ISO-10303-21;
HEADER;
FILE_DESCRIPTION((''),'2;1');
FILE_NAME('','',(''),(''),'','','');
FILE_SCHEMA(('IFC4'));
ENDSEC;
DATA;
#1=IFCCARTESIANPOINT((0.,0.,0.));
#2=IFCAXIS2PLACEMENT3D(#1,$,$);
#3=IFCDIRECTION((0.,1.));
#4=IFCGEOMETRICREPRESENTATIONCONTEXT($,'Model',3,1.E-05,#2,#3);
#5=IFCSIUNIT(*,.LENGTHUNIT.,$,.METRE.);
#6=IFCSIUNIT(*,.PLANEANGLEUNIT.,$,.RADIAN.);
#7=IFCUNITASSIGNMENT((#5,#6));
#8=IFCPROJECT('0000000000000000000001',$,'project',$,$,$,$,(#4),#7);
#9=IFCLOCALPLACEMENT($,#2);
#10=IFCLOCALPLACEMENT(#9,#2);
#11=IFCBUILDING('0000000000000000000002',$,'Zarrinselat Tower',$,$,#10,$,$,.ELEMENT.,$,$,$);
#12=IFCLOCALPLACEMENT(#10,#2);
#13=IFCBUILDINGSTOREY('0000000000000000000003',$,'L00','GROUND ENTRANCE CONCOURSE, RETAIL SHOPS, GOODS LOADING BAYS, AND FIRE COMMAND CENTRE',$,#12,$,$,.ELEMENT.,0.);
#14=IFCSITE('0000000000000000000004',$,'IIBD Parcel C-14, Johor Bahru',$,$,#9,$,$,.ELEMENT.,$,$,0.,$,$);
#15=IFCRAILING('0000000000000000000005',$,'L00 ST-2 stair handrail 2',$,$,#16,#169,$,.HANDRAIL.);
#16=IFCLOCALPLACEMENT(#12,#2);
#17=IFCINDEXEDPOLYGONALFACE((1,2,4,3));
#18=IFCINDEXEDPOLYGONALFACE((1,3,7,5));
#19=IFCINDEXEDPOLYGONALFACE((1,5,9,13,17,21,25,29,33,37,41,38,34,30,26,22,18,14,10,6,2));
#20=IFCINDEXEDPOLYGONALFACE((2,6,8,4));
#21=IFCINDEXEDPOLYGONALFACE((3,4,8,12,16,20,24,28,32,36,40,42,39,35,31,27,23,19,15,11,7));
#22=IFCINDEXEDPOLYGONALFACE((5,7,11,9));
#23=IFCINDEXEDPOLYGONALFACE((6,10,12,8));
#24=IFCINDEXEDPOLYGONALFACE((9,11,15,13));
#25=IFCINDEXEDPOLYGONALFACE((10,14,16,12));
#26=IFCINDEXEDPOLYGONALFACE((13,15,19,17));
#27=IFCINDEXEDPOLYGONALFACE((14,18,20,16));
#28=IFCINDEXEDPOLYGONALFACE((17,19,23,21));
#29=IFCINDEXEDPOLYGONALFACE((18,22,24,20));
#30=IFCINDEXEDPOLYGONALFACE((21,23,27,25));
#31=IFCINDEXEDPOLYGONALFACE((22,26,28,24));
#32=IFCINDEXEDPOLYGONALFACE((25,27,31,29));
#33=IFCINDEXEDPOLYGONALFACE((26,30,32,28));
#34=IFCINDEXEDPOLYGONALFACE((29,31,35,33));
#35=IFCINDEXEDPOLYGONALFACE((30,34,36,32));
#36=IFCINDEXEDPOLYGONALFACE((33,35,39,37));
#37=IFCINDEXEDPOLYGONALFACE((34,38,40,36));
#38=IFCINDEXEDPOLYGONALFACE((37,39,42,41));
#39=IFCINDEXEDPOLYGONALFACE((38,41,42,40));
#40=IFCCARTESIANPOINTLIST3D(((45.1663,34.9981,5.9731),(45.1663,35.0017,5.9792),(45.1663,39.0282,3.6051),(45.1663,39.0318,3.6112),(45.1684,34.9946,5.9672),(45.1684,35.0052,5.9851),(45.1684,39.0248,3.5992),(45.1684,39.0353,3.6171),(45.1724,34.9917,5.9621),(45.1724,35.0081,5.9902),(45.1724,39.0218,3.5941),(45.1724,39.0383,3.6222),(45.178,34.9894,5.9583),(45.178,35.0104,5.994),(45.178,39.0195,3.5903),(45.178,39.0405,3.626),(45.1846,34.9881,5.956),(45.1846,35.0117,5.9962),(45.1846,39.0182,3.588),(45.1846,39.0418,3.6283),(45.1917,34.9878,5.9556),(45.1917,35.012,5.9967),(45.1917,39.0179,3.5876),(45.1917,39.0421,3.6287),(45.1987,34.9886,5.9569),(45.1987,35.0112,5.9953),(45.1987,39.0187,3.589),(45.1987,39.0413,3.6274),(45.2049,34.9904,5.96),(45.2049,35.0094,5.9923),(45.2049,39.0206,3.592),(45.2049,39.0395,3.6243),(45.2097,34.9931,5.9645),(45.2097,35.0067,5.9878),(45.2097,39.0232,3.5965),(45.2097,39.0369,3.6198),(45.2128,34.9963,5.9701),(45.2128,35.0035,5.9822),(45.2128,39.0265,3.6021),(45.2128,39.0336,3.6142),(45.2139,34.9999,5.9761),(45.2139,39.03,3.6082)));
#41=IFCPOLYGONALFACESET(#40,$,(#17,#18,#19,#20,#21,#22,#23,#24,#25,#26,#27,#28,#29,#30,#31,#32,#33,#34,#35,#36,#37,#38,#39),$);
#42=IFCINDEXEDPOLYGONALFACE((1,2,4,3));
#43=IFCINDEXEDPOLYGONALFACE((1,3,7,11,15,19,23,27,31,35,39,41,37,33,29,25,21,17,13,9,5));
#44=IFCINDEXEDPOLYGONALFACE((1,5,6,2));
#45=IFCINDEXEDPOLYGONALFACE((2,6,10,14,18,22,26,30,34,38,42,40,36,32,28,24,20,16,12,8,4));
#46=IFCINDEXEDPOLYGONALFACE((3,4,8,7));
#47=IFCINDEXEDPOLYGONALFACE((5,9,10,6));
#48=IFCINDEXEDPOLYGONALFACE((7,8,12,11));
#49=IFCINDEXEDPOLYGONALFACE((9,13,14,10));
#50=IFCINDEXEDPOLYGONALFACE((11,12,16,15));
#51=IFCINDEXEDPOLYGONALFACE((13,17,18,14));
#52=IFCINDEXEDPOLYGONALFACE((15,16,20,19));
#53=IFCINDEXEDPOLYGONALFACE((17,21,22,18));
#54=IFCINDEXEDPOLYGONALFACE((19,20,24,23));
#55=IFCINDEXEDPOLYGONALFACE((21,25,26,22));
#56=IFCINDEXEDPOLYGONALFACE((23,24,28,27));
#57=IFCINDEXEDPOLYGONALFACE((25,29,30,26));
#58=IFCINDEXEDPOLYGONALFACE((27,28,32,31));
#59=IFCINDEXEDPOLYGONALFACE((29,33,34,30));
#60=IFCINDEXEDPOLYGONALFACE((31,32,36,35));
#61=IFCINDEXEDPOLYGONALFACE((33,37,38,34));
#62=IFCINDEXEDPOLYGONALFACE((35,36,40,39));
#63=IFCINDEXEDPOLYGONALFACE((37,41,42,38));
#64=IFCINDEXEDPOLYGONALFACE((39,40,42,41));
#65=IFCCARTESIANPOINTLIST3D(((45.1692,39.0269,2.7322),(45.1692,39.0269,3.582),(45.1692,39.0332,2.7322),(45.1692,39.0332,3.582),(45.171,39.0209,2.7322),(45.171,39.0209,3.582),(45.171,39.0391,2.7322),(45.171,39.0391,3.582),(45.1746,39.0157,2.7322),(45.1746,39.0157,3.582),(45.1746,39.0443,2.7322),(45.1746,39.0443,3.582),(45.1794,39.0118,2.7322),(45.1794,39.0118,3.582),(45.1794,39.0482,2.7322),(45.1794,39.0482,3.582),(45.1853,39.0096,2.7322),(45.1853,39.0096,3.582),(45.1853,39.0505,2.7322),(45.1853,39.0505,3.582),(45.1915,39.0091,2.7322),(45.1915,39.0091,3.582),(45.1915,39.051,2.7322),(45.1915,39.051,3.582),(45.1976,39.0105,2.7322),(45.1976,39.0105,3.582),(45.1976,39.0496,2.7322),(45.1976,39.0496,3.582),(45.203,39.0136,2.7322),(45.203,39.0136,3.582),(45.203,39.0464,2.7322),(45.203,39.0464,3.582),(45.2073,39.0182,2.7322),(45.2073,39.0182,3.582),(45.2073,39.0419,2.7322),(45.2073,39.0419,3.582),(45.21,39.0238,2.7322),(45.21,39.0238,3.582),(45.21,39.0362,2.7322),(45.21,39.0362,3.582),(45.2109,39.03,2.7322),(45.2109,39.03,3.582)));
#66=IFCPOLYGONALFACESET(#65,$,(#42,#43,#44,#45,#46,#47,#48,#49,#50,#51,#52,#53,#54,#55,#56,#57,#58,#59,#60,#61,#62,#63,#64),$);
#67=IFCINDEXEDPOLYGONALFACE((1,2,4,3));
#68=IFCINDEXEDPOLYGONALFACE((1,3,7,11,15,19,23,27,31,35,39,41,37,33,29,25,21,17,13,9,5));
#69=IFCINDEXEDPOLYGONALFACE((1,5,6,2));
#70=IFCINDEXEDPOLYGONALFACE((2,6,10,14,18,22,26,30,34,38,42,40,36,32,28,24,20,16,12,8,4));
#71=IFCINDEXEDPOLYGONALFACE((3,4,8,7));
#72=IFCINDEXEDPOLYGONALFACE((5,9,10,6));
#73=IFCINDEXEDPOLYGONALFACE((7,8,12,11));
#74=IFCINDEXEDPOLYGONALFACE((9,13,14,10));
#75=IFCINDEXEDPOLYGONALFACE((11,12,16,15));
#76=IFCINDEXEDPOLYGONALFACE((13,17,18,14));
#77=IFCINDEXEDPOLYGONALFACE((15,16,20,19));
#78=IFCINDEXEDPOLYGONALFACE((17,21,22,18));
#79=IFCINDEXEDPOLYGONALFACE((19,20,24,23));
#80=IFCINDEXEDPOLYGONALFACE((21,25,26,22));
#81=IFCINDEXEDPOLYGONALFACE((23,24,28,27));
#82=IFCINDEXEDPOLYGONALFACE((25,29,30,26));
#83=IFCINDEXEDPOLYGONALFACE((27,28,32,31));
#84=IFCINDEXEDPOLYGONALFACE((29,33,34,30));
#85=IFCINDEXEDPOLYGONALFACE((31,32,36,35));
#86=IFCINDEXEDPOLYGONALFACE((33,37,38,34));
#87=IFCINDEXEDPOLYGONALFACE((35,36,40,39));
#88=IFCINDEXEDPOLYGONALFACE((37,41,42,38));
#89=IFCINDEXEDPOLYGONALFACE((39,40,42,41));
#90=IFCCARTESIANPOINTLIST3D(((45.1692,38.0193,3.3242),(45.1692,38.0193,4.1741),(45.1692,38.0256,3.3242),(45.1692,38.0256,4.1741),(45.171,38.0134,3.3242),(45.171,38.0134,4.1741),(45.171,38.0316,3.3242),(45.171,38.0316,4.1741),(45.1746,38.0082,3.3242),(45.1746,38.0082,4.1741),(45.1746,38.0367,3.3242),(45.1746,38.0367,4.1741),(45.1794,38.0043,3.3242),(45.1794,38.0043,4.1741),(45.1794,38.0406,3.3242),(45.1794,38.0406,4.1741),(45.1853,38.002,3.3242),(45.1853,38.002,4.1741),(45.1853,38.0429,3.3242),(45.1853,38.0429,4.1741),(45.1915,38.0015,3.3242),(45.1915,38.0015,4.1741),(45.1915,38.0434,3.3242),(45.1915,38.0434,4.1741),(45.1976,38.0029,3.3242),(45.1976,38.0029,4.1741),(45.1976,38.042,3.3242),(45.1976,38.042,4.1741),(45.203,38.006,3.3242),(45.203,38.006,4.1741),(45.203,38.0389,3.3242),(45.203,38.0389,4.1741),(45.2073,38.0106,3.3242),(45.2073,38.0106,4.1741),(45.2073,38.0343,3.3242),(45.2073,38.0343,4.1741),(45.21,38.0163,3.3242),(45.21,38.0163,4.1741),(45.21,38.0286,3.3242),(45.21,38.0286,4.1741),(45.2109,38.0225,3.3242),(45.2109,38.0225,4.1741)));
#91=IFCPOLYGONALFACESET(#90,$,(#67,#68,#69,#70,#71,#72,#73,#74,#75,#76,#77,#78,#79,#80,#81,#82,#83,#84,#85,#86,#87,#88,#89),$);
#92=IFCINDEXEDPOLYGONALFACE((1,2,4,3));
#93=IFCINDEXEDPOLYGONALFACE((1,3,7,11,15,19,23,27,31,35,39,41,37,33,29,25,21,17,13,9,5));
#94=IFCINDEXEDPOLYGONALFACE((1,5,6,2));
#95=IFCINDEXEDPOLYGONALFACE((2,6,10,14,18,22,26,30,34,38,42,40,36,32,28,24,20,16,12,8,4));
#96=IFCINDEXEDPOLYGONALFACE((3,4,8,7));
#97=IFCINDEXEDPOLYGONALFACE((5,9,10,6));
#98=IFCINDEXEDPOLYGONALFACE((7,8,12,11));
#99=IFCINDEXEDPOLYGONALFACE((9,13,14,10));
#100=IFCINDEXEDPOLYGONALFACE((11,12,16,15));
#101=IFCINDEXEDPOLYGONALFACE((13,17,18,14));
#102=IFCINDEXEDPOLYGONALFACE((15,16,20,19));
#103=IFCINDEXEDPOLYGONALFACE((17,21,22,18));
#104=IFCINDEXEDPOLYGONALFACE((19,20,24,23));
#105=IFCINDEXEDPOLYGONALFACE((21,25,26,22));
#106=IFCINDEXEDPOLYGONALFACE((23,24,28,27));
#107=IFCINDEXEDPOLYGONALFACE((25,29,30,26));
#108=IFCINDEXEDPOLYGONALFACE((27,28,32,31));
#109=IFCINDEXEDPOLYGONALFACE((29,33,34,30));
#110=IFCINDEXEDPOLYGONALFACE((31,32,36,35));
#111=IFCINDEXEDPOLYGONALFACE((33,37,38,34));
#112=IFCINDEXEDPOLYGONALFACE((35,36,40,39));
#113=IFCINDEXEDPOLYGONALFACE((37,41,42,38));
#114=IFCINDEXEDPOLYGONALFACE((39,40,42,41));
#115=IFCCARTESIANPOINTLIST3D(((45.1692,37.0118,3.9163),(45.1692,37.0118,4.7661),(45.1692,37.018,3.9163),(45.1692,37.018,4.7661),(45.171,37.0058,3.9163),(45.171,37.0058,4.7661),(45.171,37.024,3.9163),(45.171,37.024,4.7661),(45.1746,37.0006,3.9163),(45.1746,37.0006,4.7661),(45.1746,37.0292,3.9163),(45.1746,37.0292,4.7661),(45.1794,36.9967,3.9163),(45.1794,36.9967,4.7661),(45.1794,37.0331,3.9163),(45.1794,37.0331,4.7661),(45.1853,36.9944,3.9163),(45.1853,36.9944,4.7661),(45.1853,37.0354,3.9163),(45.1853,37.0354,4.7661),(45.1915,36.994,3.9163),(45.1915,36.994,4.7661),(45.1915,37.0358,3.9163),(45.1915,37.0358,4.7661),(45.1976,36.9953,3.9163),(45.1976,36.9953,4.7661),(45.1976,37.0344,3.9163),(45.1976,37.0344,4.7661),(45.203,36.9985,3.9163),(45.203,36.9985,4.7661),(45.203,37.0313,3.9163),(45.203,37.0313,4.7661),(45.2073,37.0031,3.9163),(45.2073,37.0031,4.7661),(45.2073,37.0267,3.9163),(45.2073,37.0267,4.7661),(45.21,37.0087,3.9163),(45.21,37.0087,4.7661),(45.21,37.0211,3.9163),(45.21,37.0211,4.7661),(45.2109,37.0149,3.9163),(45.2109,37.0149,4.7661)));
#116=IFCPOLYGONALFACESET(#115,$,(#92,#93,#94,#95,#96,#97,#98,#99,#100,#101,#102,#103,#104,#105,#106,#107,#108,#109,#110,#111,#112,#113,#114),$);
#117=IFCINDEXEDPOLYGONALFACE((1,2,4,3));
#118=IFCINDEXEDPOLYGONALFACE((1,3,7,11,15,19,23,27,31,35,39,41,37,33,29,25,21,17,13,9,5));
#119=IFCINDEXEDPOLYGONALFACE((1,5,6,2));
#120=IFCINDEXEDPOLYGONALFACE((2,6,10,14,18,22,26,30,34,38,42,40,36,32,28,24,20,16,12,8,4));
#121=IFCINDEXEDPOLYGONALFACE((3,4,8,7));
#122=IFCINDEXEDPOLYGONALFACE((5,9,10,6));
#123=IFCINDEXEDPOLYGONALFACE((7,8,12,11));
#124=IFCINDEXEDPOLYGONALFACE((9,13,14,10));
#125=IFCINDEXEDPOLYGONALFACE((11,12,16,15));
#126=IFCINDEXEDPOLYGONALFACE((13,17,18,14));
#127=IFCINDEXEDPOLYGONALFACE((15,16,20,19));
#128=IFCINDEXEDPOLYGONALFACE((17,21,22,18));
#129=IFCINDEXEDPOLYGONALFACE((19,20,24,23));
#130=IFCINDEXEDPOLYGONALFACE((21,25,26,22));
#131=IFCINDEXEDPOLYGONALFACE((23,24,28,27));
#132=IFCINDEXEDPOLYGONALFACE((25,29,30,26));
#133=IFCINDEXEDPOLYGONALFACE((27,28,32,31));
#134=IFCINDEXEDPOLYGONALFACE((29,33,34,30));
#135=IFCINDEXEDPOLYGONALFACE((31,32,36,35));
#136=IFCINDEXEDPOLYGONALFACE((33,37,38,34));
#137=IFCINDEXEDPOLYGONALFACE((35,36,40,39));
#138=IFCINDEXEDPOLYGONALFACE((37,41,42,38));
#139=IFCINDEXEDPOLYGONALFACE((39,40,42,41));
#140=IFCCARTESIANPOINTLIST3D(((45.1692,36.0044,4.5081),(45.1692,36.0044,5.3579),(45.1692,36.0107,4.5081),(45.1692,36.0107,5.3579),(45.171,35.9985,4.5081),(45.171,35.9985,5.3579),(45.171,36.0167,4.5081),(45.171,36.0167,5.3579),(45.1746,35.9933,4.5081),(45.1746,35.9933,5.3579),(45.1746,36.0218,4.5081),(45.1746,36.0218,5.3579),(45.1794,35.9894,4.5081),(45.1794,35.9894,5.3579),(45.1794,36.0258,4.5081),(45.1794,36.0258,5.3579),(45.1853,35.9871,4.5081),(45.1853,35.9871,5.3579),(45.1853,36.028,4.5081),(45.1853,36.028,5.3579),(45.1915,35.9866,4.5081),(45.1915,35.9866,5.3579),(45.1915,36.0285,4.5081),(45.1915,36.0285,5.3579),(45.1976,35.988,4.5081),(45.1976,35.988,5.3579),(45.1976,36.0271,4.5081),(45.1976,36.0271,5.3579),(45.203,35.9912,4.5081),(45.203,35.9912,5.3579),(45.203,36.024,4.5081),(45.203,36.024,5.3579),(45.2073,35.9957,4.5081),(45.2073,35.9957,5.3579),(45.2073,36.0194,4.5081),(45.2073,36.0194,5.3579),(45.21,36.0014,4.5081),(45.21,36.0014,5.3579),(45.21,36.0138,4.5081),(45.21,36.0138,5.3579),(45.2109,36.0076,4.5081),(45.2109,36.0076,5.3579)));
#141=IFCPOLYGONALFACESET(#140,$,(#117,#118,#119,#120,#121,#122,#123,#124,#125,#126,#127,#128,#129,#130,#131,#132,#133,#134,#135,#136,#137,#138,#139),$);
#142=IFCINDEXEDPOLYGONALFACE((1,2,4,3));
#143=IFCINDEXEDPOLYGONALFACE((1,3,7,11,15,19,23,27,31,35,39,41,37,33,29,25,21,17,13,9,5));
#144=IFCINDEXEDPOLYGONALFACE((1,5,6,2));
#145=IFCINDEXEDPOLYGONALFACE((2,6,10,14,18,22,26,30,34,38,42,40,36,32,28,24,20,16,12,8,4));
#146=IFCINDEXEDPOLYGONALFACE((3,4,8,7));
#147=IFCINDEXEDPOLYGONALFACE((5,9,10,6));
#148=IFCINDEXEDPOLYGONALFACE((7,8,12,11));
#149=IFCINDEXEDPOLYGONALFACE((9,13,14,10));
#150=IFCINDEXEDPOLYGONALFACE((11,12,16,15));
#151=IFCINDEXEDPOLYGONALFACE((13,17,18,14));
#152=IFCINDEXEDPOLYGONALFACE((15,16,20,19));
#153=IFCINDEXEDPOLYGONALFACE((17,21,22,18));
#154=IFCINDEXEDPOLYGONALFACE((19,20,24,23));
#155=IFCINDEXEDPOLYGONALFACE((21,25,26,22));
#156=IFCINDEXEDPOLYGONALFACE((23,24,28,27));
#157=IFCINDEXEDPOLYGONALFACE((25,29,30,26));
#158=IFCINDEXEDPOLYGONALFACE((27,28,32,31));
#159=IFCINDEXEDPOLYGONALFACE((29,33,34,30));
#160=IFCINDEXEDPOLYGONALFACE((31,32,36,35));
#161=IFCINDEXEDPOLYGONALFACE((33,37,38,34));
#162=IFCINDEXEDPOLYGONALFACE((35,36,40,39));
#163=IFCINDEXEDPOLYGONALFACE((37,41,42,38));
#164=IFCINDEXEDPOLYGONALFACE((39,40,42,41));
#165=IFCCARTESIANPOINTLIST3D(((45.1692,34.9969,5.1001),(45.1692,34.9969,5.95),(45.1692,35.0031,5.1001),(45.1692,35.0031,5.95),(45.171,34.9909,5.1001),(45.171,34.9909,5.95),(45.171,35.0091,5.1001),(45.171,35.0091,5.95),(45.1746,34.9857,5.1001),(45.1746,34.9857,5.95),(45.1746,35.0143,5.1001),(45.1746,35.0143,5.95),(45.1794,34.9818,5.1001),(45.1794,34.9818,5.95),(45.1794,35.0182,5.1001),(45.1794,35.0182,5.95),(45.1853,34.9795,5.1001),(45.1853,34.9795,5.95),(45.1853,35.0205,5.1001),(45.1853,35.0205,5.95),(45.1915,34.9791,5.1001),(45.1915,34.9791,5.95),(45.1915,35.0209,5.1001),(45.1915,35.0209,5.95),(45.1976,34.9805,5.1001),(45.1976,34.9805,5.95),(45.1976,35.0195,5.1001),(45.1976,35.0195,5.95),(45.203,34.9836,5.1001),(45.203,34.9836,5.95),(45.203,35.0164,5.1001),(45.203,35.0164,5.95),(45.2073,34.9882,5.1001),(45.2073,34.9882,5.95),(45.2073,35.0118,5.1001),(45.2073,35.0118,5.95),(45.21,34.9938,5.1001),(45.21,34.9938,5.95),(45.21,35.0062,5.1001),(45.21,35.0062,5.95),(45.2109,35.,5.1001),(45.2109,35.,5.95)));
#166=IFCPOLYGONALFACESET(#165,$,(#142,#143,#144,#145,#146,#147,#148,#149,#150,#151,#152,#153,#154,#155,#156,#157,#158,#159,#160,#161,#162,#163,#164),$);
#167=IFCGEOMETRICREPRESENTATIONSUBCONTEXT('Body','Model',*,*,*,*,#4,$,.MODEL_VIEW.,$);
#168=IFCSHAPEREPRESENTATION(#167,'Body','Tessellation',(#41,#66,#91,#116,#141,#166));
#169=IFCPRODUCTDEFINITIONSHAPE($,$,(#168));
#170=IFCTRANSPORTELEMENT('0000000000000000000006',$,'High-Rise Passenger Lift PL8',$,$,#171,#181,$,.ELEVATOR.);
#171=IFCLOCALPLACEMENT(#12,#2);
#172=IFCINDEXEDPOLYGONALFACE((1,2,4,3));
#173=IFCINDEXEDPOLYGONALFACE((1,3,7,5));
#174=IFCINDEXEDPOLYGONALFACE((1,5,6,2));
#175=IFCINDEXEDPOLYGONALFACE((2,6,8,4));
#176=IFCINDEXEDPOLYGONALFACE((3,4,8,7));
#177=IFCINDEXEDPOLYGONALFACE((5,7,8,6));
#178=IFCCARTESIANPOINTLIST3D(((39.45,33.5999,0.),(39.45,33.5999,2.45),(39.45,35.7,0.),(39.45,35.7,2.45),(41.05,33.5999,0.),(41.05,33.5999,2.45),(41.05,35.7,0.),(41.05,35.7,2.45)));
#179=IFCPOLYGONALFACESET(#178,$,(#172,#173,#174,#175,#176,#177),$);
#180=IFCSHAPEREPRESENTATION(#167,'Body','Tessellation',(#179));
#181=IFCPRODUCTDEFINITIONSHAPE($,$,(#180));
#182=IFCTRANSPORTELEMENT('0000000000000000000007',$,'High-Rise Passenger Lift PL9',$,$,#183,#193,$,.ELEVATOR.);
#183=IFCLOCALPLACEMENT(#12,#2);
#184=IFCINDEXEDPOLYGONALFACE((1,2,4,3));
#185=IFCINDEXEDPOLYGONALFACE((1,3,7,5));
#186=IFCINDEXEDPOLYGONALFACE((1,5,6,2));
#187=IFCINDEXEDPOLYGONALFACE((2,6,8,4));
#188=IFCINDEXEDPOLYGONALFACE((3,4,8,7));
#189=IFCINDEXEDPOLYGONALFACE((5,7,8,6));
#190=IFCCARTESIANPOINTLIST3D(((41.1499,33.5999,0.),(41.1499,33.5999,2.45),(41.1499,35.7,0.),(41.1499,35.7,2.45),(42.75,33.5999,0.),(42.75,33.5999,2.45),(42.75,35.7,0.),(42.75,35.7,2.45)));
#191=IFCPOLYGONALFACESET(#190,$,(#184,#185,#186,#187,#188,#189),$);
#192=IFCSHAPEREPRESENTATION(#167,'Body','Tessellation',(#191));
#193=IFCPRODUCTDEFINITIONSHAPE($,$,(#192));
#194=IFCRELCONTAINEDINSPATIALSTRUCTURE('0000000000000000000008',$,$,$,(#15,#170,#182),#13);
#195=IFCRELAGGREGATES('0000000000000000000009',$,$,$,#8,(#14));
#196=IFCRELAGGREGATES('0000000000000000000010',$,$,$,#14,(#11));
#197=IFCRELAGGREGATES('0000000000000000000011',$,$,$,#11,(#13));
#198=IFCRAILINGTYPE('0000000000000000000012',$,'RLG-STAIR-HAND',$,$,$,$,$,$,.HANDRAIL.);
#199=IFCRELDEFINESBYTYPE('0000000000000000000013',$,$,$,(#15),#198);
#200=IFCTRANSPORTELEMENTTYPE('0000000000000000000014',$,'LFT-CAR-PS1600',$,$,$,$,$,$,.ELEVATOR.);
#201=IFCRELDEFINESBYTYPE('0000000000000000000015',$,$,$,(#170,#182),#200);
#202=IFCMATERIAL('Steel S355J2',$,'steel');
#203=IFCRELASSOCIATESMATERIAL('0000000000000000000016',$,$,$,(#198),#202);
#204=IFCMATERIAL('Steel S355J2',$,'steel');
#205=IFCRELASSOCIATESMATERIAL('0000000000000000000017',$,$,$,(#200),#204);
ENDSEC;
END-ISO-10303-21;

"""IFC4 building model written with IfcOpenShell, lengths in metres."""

from ifc_helpers import new_model, si_unit, direction, frame, origin, origin_2d, place, context, subcontext, project, spatial, rectangle, circle, extrude, material, type_object, element, save


model = new_model("IFC4")

# Units and contexts
model_context = context("Model", 3, precision=1e-05, world=origin(), true_north=direction((0.0, 1.0)))
body_context = subcontext(model_context, "Body", "Model", "MODEL_VIEW")
ifc_project = project(units=[si_unit("LENGTHUNIT", "METRE"), si_unit("PLANEANGLEUNIT", "RADIAN")], contexts=[model_context])

# Site, building, storey
site_placement = place(None, origin())
site = spatial("IfcSite", under=ifc_project, at=site_placement, Name="IIBD Parcel C-14, Johor Bahru", CompositionType="ELEMENT", RefElevation=0.0)
building_placement = place(site_placement, origin())
building = spatial("IfcBuilding", under=site, at=building_placement, Name="Zarrinselat Tower", CompositionType="ELEMENT")
storey_placement = place(building_placement, origin())
storey = spatial("IfcBuildingStorey", under=building, at=storey_placement, Name="L00", Description="GROUND ENTRANCE CONCOURSE, RETAIL SHOPS, GOODS LOADING BAYS, AND FIRE COMMAND CENTRE", CompositionType="ELEMENT", Elevation=0.0)

# Railing
ifc_material_1 = material(Name="Steel S355J2", Category="steel")
railing_type_1 = type_object("IfcRailingType", Name="RLG-STAIR-HAND", PredefinedType="HANDRAIL", material=ifc_material_1)
railing_1_placement = place(storey_placement, frame((45.1899, 39.03, 2.7322)))
element("IfcRailing", 1, at=railing_1_placement, inside=storey, type_object=railing_type_1, Name="L00 ST-2 stair handrail 2", PredefinedType="HANDRAIL", context=body_context, shape_type="SweptSolid", body=[
    extrude(circle(Radius=0.0239, at=origin_2d()), frame((0.0, 0.0, 0.876), z_axis=(0.0, -0.862185, 0.506593), x_axis=(1.0, 0.0, 0.0)), (0.0, 0.0, 1.0), 4.6743),
    extrude(circle(Radius=0.021, at=origin_2d()), origin(), (0.0, 0.0, 1.0), 0.8499),
    extrude(circle(Radius=0.021, at=origin_2d()), frame((0.0, -1.0076, 0.592)), (0.0, 0.0, 1.0), 0.8499),
    extrude(circle(Radius=0.021, at=origin_2d()), frame((0.0, -2.0151, 1.1841)), (0.0, 0.0, 1.0), 0.8499),
    extrude(circle(Radius=0.021, at=origin_2d()), frame((0.0, -3.0225, 1.7759)), (0.0, 0.0, 1.0), 0.8499),
    extrude(circle(Radius=0.021, at=origin_2d()), frame((0.0, -4.03, 2.3679)), (0.0, 0.0, 1.0), 0.8499),
])

# Transport elements
ifc_material_2 = material(Name="Steel S355J2", Category="steel")
transport_element_type = type_object("IfcTransportElementType", Name="LFT-CAR-PS1600", PredefinedType="ELEVATOR", material=ifc_material_2)
for number, where, z_axis, x_axis, name in (
    (2, (40.25, 34.6499, 0.0), (0.0, 0.0, 1.0), (1.0, 0.0, 0.0), "High-Rise Passenger Lift PL8"),
    (3, (41.95, 34.6499, 0.0), (0.0, 0.0, 1.0), (1.0, 0.0, 0.0), "High-Rise Passenger Lift PL9"),
):
    element("IfcTransportElement", number, at=place(storey_placement, frame(where, z_axis=z_axis, x_axis=x_axis)), inside=storey, type_object=transport_element_type, Name=name, PredefinedType="ELEVATOR", context=body_context, shape_type="SweptSolid", body=[
        extrude(rectangle(XDim=1.6001, YDim=2.1001, at=origin_2d()), origin(), (0.0, 0.0, 1.0), 2.45),
    ])

save(model, "model.ifc")
